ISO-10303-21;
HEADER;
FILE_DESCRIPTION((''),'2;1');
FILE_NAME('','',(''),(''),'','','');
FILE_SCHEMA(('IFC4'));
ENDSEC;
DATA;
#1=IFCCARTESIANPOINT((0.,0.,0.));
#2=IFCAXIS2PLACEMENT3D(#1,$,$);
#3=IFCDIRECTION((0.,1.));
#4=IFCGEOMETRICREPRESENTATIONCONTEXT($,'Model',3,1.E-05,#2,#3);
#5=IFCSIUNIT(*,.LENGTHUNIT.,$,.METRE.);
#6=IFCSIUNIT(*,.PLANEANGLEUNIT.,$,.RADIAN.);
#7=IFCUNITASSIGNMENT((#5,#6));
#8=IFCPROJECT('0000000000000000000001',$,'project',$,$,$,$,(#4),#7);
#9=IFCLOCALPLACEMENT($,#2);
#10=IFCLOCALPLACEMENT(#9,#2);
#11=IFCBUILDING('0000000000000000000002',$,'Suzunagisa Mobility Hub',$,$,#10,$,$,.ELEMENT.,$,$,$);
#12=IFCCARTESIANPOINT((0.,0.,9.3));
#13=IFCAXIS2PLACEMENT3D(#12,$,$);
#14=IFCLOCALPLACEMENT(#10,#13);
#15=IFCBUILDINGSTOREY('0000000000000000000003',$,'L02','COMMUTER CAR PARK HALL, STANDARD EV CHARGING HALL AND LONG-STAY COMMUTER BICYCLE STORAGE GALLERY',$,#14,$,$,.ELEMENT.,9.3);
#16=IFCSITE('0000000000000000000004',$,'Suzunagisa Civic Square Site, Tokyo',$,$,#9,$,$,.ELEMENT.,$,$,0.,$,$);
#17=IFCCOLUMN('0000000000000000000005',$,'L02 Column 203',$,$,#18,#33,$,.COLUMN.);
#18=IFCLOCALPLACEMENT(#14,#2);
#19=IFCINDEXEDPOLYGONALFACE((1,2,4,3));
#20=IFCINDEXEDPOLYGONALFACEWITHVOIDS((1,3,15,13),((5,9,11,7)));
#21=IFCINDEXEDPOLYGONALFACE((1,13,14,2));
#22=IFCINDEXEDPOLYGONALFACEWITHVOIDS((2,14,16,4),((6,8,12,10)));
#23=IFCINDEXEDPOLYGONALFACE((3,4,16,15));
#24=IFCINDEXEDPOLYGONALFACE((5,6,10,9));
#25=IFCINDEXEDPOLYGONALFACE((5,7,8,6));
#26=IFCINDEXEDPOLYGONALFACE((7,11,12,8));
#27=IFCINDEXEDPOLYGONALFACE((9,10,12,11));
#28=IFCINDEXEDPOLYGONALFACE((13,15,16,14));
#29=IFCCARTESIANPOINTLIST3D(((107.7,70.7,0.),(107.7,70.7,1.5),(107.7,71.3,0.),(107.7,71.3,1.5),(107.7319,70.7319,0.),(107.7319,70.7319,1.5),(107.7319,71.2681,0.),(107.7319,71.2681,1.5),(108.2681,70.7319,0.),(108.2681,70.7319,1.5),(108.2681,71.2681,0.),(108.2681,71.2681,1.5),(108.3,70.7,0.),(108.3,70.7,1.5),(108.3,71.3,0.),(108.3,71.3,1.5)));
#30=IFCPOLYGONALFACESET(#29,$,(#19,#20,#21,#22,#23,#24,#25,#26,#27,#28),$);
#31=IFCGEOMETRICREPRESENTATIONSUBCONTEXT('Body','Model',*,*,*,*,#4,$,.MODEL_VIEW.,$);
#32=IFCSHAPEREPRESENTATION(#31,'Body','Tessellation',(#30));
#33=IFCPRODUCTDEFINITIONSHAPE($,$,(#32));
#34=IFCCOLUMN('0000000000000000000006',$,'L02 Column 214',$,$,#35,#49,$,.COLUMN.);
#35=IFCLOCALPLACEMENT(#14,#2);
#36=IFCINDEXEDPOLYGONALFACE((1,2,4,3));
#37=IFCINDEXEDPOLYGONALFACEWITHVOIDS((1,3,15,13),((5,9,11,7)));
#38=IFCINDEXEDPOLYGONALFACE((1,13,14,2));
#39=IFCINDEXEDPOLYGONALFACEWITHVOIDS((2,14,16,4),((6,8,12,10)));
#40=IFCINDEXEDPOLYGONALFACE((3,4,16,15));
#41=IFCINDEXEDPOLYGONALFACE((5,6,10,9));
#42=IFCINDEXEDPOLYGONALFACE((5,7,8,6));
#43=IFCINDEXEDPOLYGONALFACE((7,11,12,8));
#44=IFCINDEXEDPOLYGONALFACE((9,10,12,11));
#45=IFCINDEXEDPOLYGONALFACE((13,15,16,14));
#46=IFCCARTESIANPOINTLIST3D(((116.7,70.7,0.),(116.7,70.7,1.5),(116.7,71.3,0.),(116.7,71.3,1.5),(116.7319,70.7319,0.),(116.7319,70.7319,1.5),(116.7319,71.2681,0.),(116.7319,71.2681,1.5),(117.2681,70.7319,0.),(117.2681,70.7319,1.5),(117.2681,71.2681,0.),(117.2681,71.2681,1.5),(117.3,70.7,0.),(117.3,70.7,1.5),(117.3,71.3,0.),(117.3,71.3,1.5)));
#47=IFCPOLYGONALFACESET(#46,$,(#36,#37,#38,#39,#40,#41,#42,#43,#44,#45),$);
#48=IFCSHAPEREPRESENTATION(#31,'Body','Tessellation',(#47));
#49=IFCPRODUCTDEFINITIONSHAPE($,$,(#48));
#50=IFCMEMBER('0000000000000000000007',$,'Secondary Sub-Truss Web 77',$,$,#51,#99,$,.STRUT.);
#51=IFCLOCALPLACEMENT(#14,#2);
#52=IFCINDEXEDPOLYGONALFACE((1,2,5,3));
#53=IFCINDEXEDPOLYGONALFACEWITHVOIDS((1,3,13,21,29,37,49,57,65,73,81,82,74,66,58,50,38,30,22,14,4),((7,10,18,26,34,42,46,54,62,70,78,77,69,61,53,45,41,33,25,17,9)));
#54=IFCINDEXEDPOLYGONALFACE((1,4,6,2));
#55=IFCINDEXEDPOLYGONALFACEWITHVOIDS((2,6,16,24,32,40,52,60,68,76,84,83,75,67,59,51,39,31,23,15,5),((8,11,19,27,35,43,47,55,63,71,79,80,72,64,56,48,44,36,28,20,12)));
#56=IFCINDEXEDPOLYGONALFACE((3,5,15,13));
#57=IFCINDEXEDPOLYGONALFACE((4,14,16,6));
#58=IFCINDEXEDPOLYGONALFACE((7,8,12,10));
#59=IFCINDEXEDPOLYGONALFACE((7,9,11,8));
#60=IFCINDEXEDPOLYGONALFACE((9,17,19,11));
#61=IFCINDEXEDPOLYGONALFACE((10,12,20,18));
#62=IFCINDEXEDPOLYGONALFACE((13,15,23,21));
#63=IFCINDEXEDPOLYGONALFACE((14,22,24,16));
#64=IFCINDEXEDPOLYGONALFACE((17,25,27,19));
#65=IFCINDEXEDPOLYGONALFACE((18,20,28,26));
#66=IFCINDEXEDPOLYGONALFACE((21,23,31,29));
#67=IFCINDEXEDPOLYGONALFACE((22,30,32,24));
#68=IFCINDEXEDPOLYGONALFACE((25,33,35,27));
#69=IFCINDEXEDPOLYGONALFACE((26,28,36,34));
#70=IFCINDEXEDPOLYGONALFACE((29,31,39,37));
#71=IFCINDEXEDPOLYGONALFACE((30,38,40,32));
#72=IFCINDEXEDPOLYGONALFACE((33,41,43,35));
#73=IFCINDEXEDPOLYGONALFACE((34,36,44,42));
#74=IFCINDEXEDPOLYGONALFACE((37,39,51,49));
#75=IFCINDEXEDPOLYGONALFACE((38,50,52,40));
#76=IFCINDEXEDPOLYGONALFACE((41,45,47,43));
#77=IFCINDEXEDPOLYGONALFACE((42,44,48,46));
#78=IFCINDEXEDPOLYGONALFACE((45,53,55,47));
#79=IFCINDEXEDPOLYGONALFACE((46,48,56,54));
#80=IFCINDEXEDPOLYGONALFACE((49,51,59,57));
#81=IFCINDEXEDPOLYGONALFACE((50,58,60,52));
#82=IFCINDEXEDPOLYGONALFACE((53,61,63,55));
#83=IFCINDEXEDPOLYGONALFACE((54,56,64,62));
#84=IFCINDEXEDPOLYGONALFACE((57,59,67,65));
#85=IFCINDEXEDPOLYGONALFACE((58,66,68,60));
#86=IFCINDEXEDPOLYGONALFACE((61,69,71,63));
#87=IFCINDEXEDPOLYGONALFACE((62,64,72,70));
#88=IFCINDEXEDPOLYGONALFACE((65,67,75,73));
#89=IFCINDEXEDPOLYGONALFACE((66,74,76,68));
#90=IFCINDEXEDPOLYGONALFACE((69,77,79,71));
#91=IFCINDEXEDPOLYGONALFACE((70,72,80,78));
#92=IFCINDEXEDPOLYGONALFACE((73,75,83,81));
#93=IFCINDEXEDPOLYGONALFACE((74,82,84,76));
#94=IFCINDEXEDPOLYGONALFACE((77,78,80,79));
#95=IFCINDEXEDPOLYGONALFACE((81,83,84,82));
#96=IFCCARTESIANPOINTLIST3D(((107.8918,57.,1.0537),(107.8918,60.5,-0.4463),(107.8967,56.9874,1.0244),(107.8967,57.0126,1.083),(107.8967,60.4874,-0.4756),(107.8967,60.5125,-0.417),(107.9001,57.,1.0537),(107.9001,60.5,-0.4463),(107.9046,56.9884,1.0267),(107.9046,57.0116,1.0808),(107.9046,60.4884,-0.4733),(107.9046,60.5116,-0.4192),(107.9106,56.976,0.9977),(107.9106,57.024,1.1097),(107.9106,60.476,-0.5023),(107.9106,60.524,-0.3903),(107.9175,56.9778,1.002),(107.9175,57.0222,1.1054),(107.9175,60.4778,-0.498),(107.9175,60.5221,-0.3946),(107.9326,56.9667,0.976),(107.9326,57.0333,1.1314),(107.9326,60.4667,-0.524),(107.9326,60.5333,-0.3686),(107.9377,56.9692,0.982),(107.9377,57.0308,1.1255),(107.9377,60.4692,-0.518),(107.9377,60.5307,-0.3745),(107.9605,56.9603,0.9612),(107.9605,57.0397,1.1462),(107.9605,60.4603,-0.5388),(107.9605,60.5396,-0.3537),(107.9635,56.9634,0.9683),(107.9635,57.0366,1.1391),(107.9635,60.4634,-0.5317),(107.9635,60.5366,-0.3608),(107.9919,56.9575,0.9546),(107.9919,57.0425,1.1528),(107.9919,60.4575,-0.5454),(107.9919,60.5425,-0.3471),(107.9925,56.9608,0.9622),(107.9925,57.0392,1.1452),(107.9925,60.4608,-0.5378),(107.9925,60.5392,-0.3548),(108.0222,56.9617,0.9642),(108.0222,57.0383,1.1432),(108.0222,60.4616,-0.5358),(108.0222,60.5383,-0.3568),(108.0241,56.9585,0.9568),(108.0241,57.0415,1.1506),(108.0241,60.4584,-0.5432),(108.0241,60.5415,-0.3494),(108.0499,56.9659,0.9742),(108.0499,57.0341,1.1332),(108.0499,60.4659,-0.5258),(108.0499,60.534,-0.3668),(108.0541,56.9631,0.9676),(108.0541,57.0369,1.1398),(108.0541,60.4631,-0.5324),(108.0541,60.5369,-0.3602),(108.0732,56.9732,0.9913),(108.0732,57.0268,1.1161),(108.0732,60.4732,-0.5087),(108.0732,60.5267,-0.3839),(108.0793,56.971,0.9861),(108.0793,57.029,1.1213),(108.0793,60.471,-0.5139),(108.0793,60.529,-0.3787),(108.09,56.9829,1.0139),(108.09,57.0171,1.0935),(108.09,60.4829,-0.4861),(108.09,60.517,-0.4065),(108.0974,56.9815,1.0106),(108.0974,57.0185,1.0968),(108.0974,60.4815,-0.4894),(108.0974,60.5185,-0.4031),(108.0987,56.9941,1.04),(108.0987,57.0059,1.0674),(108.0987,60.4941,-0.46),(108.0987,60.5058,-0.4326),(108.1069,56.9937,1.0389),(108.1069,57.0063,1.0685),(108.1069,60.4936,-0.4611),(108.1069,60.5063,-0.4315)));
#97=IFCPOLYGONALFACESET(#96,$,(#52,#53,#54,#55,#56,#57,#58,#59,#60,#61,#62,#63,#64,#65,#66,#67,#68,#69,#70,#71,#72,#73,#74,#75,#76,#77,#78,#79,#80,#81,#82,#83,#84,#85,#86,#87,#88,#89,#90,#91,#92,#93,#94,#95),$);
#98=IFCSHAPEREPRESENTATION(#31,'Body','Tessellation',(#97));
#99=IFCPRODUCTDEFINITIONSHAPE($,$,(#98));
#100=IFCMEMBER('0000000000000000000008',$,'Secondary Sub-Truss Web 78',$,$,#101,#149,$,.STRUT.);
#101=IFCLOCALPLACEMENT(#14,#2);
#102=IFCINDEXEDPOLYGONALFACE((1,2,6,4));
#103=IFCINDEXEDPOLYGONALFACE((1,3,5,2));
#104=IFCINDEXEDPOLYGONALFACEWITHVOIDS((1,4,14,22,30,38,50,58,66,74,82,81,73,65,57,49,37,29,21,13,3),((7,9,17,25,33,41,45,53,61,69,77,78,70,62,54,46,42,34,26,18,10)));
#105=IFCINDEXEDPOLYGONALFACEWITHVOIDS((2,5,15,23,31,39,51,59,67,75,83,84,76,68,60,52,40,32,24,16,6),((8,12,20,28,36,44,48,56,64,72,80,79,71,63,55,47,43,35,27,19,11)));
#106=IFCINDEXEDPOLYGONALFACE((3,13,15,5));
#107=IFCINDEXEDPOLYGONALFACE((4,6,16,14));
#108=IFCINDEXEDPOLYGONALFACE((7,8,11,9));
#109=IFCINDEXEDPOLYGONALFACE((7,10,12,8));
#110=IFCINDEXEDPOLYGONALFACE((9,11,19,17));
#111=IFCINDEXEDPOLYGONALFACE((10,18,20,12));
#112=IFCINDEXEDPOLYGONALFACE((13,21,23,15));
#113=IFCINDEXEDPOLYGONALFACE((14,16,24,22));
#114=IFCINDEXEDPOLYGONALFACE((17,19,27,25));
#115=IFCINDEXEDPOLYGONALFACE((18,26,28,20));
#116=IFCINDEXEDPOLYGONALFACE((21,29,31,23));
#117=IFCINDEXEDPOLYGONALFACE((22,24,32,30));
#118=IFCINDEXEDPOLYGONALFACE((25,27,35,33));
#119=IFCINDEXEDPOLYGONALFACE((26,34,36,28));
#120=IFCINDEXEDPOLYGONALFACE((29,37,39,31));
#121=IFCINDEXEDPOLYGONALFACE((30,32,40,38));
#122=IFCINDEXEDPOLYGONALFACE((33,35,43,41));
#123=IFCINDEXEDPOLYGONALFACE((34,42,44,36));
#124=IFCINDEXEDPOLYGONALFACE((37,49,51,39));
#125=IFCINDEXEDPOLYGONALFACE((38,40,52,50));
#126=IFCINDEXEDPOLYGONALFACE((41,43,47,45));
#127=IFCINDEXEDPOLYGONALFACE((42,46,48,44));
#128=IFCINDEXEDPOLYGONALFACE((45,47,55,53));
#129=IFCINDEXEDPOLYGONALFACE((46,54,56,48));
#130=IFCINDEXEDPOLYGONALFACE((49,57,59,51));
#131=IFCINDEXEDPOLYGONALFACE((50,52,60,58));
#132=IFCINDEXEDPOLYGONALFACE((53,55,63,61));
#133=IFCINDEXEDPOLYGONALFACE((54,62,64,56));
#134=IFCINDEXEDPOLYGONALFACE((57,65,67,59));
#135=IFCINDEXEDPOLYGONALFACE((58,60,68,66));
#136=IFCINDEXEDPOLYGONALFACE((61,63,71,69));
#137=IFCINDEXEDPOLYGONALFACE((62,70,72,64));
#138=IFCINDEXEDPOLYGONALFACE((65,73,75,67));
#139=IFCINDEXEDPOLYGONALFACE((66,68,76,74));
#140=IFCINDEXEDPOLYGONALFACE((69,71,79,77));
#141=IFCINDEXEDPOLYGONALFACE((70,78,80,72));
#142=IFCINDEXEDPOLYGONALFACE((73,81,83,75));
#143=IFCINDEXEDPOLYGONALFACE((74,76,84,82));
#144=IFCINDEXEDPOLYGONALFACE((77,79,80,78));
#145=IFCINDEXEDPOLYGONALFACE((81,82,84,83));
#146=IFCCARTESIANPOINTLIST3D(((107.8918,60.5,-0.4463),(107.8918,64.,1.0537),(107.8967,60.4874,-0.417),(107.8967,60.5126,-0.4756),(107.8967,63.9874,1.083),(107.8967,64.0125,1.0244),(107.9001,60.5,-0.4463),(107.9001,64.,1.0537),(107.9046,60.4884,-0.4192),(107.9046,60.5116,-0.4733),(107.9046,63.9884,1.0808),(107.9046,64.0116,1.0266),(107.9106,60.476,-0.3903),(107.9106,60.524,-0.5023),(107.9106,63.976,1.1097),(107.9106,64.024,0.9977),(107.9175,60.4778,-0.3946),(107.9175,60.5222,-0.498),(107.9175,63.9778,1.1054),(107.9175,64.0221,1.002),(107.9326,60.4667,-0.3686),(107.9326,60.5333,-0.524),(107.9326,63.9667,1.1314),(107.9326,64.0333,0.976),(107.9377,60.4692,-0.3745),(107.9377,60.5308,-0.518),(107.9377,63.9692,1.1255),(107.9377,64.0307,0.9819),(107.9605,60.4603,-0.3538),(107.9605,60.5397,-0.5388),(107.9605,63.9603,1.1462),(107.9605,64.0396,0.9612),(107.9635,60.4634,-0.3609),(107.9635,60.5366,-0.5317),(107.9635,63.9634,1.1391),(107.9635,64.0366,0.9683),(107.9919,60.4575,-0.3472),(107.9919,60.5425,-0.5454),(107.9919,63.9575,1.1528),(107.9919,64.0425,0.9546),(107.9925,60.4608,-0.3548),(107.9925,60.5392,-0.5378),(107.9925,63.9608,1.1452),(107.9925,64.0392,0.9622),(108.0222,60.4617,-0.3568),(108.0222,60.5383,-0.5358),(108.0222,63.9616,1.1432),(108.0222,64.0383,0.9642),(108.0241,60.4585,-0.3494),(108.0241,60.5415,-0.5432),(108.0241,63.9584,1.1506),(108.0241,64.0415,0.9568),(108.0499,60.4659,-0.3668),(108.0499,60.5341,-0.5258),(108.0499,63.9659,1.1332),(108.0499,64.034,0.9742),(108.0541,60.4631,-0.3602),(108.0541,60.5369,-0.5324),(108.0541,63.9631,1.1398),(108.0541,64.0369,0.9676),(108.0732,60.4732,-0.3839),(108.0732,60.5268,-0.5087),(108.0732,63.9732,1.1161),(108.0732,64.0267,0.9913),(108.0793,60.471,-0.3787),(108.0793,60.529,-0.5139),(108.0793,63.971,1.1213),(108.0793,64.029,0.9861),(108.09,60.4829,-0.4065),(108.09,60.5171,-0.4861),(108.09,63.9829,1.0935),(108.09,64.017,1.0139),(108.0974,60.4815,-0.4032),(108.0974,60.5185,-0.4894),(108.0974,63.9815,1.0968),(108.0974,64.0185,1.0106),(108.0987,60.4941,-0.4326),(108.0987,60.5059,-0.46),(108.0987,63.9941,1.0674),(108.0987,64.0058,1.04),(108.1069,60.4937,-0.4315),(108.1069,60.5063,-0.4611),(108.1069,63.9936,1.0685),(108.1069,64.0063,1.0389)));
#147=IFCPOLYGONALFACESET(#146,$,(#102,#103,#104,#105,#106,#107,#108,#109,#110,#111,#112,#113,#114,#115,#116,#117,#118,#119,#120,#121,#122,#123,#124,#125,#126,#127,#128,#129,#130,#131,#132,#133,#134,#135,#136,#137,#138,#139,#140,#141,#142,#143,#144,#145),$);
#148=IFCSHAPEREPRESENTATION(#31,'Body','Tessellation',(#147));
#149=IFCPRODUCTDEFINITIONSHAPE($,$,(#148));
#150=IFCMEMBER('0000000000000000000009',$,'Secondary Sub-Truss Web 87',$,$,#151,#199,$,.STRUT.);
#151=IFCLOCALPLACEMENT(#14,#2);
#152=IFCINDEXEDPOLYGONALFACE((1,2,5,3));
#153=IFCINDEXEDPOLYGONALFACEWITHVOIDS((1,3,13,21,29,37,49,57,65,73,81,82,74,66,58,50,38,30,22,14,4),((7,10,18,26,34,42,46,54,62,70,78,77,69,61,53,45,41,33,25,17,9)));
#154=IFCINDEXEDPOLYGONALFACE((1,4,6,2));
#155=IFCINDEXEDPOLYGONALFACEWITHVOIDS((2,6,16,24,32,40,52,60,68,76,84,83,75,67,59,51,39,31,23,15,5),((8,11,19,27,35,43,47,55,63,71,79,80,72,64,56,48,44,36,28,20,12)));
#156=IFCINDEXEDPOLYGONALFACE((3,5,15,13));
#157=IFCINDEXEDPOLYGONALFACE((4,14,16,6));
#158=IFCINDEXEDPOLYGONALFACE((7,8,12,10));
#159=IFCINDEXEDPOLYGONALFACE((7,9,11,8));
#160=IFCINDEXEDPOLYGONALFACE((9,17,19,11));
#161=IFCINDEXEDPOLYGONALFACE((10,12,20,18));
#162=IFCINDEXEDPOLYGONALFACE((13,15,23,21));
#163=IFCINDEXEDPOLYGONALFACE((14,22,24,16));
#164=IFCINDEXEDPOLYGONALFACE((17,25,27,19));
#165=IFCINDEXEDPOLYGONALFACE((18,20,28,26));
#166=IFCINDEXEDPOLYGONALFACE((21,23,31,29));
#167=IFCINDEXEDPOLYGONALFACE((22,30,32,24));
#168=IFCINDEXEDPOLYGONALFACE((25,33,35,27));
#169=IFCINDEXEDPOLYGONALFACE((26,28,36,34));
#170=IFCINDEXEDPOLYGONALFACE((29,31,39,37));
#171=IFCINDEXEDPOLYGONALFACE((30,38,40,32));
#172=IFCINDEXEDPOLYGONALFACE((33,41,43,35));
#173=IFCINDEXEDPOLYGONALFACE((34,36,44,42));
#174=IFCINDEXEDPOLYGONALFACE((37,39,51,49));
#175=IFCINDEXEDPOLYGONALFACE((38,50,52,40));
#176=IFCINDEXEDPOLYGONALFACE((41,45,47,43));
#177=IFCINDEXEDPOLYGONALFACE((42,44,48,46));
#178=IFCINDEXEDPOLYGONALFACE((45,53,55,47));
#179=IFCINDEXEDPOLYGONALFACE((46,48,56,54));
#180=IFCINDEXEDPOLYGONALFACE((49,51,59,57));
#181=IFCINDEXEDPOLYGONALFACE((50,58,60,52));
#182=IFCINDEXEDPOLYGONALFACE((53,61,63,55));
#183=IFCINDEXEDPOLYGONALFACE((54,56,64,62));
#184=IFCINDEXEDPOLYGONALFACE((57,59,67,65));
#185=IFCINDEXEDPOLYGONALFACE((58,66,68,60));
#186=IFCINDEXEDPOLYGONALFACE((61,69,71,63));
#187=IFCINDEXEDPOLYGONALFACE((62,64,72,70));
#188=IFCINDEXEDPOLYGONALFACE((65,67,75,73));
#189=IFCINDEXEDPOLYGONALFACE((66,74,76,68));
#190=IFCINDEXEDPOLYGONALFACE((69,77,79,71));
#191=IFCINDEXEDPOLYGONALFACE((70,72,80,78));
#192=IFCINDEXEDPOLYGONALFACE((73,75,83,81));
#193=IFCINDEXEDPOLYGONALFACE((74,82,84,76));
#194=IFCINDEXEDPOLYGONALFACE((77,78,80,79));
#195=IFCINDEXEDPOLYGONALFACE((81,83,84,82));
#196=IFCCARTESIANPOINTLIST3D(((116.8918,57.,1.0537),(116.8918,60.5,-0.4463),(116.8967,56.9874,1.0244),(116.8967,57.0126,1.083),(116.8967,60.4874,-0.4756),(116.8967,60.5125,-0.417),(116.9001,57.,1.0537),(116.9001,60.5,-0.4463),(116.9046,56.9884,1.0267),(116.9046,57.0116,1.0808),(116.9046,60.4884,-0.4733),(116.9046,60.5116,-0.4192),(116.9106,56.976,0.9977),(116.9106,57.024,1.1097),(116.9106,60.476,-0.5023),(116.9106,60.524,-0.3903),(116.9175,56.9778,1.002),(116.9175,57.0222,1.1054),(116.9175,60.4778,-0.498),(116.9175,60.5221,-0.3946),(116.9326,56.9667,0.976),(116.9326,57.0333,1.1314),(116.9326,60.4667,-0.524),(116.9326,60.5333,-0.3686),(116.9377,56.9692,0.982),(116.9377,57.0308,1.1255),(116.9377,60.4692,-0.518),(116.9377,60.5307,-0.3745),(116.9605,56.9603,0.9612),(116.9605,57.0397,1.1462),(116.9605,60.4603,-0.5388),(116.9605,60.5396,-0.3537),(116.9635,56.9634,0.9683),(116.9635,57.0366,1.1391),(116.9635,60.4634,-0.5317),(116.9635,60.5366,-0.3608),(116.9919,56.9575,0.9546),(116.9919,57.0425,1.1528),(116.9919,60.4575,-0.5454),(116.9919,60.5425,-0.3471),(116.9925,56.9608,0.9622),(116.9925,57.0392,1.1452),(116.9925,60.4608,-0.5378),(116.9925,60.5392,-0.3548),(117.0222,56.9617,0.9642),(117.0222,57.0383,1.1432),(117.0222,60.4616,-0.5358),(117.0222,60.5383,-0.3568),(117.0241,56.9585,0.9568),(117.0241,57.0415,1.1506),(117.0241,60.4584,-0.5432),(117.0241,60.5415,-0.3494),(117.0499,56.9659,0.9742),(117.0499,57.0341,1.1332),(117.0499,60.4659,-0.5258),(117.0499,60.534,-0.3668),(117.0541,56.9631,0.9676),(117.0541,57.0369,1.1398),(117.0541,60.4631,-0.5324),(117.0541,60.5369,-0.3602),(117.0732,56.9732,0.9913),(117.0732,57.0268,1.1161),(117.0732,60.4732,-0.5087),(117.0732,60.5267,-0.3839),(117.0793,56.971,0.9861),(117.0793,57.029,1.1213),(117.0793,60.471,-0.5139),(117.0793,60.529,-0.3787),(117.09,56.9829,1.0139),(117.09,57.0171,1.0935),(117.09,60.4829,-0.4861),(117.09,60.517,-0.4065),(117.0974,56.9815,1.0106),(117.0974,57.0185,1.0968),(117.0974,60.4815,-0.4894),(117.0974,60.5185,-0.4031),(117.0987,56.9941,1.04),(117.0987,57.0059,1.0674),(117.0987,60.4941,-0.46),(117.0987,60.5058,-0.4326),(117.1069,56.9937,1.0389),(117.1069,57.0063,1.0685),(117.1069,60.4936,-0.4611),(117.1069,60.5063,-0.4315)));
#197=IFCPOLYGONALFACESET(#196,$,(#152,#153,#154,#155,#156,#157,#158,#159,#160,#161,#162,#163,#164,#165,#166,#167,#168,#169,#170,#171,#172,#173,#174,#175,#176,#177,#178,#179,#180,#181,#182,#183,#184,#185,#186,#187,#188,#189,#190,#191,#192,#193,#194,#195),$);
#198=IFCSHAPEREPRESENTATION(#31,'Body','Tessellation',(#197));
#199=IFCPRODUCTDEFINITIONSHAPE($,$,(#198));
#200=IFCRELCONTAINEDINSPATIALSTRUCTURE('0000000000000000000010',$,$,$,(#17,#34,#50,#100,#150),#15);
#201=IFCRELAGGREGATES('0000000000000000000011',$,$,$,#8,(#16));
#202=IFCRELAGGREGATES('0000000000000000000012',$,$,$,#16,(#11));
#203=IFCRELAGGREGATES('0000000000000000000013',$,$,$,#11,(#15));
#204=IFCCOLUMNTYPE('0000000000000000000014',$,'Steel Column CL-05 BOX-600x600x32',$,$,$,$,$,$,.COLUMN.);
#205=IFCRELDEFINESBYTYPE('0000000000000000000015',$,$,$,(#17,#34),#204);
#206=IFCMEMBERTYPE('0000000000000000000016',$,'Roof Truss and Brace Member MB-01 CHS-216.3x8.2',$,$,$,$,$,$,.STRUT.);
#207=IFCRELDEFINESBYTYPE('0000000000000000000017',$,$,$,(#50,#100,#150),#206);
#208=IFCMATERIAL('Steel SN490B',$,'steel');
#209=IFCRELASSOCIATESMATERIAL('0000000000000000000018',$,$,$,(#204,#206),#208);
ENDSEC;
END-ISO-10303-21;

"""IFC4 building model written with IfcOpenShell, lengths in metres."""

from ifc_helpers import new_model, si_unit, direction, frame, origin, origin_2d, place, context, subcontext, project, spatial, hollow_rectangle, hollow_circle, extrude, material, material_profile, profile_set, type_object, element, save


model = new_model("IFC4")

# Units and contexts
model_context = context("Model", 3, precision=1e-05, world=origin(), true_north=direction((0.0, 1.0)))
body_context = subcontext(model_context, "Body", "Model", "MODEL_VIEW")
ifc_project = project(units=[si_unit("LENGTHUNIT", "METRE"), si_unit("PLANEANGLEUNIT", "RADIAN")], contexts=[model_context])

# Site, building, storey
site_placement = place(None, origin())
site = spatial("IfcSite", under=ifc_project, at=site_placement, Name="Suzunagisa Civic Square Site, Tokyo", CompositionType="ELEMENT", RefElevation=0.0)
building_placement = place(site_placement, origin())
building = spatial("IfcBuilding", under=site, at=building_placement, Name="Suzunagisa Mobility Hub", CompositionType="ELEMENT")
storey_placement = place(building_placement, frame((0.0, 0.0, 9.3)))
storey = spatial("IfcBuildingStorey", under=building, at=storey_placement, Name="L02", Description="COMMUTER CAR PARK HALL, STANDARD EV CHARGING HALL AND LONG-STAY COMMUTER BICYCLE STORAGE GALLERY", CompositionType="ELEMENT", Elevation=9.3)

# Columns
ifc_material_1 = material(Name="Steel SN490B", Category="steel")
ifc_material_profile_1 = material_profile(ifc_material_1, hollow_rectangle(XDim=0.6001, YDim=0.6001, WallThickness=0.032, at=origin_2d()), Name="BOX-600x600x32")
ifc_profile_set_1 = profile_set([ifc_material_profile_1], Name="Steel SN490B")
column_type = type_object("IfcColumnType", Name="Steel Column CL-05 BOX-600x600x32", PredefinedType="COLUMN", material=ifc_profile_set_1)
for number, where, z_axis, x_axis, name in (
    (1, (108.0, 71.0, 0.0), (0.0, 0.0, 1.0), (1.0, 0.0, 0.0), "L02 Column 203"),
    (2, (117.0, 71.0, 0.0), (0.0, 0.0, 1.0), (1.0, 0.0, 0.0), "L02 Column 214"),
):
    element("IfcColumn", number, at=place(storey_placement, frame(where, z_axis=z_axis, x_axis=x_axis)), inside=storey, type_object=column_type, Name=name, PredefinedType="COLUMN", context=body_context, shape_type="SweptSolid", body=[
        extrude(hollow_rectangle(XDim=0.6001, YDim=0.6001, WallThickness=0.032, at=origin_2d()), origin(), (0.0, 0.0, 1.0), 1.5),
    ])

# Members
ifc_material_profile_2 = material_profile(ifc_material_1, hollow_circle(Radius=0.1082, WallThickness=0.0083, at=origin_2d()), Name="CHS-216.3x8.2")
ifc_profile_set_2 = profile_set([ifc_material_profile_2], Name="Steel SN490B")
member_type_1 = type_object("IfcMemberType", Name="Roof Truss and Brace Member MB-01 CHS-216.3x8.2", PredefinedType="STRUT", material=ifc_profile_set_2)
for number, where, z_axis, x_axis, name in (
    (3, (108.0, 57.0, 1.0537), (0.0, 0.919145, -0.393919), (-1.0, 0.0, 0.0), "Secondary Sub-Truss Web 77"),
    (4, (108.0, 60.5, -0.4463), (0.0, 0.919145, 0.393919), (-1.0, 0.0, 0.0), "Secondary Sub-Truss Web 78"),
    (5, (117.0, 57.0, 1.0537), (0.0, 0.919145, -0.393919), (-1.0, 0.0, 0.0), "Secondary Sub-Truss Web 87"),
):
    element("IfcMember", number, at=place(storey_placement, frame(where, z_axis=z_axis, x_axis=x_axis)), inside=storey, type_object=member_type_1, Name=name, PredefinedType="STRUT", context=body_context, shape_type="SweptSolid", body=[
        extrude(hollow_circle(Radius=0.1082, WallThickness=0.0083, at=origin_2d()), origin(), (0.0, 0.0, 1.0), 3.8079),
    ])

save(model, "model.ifc")
